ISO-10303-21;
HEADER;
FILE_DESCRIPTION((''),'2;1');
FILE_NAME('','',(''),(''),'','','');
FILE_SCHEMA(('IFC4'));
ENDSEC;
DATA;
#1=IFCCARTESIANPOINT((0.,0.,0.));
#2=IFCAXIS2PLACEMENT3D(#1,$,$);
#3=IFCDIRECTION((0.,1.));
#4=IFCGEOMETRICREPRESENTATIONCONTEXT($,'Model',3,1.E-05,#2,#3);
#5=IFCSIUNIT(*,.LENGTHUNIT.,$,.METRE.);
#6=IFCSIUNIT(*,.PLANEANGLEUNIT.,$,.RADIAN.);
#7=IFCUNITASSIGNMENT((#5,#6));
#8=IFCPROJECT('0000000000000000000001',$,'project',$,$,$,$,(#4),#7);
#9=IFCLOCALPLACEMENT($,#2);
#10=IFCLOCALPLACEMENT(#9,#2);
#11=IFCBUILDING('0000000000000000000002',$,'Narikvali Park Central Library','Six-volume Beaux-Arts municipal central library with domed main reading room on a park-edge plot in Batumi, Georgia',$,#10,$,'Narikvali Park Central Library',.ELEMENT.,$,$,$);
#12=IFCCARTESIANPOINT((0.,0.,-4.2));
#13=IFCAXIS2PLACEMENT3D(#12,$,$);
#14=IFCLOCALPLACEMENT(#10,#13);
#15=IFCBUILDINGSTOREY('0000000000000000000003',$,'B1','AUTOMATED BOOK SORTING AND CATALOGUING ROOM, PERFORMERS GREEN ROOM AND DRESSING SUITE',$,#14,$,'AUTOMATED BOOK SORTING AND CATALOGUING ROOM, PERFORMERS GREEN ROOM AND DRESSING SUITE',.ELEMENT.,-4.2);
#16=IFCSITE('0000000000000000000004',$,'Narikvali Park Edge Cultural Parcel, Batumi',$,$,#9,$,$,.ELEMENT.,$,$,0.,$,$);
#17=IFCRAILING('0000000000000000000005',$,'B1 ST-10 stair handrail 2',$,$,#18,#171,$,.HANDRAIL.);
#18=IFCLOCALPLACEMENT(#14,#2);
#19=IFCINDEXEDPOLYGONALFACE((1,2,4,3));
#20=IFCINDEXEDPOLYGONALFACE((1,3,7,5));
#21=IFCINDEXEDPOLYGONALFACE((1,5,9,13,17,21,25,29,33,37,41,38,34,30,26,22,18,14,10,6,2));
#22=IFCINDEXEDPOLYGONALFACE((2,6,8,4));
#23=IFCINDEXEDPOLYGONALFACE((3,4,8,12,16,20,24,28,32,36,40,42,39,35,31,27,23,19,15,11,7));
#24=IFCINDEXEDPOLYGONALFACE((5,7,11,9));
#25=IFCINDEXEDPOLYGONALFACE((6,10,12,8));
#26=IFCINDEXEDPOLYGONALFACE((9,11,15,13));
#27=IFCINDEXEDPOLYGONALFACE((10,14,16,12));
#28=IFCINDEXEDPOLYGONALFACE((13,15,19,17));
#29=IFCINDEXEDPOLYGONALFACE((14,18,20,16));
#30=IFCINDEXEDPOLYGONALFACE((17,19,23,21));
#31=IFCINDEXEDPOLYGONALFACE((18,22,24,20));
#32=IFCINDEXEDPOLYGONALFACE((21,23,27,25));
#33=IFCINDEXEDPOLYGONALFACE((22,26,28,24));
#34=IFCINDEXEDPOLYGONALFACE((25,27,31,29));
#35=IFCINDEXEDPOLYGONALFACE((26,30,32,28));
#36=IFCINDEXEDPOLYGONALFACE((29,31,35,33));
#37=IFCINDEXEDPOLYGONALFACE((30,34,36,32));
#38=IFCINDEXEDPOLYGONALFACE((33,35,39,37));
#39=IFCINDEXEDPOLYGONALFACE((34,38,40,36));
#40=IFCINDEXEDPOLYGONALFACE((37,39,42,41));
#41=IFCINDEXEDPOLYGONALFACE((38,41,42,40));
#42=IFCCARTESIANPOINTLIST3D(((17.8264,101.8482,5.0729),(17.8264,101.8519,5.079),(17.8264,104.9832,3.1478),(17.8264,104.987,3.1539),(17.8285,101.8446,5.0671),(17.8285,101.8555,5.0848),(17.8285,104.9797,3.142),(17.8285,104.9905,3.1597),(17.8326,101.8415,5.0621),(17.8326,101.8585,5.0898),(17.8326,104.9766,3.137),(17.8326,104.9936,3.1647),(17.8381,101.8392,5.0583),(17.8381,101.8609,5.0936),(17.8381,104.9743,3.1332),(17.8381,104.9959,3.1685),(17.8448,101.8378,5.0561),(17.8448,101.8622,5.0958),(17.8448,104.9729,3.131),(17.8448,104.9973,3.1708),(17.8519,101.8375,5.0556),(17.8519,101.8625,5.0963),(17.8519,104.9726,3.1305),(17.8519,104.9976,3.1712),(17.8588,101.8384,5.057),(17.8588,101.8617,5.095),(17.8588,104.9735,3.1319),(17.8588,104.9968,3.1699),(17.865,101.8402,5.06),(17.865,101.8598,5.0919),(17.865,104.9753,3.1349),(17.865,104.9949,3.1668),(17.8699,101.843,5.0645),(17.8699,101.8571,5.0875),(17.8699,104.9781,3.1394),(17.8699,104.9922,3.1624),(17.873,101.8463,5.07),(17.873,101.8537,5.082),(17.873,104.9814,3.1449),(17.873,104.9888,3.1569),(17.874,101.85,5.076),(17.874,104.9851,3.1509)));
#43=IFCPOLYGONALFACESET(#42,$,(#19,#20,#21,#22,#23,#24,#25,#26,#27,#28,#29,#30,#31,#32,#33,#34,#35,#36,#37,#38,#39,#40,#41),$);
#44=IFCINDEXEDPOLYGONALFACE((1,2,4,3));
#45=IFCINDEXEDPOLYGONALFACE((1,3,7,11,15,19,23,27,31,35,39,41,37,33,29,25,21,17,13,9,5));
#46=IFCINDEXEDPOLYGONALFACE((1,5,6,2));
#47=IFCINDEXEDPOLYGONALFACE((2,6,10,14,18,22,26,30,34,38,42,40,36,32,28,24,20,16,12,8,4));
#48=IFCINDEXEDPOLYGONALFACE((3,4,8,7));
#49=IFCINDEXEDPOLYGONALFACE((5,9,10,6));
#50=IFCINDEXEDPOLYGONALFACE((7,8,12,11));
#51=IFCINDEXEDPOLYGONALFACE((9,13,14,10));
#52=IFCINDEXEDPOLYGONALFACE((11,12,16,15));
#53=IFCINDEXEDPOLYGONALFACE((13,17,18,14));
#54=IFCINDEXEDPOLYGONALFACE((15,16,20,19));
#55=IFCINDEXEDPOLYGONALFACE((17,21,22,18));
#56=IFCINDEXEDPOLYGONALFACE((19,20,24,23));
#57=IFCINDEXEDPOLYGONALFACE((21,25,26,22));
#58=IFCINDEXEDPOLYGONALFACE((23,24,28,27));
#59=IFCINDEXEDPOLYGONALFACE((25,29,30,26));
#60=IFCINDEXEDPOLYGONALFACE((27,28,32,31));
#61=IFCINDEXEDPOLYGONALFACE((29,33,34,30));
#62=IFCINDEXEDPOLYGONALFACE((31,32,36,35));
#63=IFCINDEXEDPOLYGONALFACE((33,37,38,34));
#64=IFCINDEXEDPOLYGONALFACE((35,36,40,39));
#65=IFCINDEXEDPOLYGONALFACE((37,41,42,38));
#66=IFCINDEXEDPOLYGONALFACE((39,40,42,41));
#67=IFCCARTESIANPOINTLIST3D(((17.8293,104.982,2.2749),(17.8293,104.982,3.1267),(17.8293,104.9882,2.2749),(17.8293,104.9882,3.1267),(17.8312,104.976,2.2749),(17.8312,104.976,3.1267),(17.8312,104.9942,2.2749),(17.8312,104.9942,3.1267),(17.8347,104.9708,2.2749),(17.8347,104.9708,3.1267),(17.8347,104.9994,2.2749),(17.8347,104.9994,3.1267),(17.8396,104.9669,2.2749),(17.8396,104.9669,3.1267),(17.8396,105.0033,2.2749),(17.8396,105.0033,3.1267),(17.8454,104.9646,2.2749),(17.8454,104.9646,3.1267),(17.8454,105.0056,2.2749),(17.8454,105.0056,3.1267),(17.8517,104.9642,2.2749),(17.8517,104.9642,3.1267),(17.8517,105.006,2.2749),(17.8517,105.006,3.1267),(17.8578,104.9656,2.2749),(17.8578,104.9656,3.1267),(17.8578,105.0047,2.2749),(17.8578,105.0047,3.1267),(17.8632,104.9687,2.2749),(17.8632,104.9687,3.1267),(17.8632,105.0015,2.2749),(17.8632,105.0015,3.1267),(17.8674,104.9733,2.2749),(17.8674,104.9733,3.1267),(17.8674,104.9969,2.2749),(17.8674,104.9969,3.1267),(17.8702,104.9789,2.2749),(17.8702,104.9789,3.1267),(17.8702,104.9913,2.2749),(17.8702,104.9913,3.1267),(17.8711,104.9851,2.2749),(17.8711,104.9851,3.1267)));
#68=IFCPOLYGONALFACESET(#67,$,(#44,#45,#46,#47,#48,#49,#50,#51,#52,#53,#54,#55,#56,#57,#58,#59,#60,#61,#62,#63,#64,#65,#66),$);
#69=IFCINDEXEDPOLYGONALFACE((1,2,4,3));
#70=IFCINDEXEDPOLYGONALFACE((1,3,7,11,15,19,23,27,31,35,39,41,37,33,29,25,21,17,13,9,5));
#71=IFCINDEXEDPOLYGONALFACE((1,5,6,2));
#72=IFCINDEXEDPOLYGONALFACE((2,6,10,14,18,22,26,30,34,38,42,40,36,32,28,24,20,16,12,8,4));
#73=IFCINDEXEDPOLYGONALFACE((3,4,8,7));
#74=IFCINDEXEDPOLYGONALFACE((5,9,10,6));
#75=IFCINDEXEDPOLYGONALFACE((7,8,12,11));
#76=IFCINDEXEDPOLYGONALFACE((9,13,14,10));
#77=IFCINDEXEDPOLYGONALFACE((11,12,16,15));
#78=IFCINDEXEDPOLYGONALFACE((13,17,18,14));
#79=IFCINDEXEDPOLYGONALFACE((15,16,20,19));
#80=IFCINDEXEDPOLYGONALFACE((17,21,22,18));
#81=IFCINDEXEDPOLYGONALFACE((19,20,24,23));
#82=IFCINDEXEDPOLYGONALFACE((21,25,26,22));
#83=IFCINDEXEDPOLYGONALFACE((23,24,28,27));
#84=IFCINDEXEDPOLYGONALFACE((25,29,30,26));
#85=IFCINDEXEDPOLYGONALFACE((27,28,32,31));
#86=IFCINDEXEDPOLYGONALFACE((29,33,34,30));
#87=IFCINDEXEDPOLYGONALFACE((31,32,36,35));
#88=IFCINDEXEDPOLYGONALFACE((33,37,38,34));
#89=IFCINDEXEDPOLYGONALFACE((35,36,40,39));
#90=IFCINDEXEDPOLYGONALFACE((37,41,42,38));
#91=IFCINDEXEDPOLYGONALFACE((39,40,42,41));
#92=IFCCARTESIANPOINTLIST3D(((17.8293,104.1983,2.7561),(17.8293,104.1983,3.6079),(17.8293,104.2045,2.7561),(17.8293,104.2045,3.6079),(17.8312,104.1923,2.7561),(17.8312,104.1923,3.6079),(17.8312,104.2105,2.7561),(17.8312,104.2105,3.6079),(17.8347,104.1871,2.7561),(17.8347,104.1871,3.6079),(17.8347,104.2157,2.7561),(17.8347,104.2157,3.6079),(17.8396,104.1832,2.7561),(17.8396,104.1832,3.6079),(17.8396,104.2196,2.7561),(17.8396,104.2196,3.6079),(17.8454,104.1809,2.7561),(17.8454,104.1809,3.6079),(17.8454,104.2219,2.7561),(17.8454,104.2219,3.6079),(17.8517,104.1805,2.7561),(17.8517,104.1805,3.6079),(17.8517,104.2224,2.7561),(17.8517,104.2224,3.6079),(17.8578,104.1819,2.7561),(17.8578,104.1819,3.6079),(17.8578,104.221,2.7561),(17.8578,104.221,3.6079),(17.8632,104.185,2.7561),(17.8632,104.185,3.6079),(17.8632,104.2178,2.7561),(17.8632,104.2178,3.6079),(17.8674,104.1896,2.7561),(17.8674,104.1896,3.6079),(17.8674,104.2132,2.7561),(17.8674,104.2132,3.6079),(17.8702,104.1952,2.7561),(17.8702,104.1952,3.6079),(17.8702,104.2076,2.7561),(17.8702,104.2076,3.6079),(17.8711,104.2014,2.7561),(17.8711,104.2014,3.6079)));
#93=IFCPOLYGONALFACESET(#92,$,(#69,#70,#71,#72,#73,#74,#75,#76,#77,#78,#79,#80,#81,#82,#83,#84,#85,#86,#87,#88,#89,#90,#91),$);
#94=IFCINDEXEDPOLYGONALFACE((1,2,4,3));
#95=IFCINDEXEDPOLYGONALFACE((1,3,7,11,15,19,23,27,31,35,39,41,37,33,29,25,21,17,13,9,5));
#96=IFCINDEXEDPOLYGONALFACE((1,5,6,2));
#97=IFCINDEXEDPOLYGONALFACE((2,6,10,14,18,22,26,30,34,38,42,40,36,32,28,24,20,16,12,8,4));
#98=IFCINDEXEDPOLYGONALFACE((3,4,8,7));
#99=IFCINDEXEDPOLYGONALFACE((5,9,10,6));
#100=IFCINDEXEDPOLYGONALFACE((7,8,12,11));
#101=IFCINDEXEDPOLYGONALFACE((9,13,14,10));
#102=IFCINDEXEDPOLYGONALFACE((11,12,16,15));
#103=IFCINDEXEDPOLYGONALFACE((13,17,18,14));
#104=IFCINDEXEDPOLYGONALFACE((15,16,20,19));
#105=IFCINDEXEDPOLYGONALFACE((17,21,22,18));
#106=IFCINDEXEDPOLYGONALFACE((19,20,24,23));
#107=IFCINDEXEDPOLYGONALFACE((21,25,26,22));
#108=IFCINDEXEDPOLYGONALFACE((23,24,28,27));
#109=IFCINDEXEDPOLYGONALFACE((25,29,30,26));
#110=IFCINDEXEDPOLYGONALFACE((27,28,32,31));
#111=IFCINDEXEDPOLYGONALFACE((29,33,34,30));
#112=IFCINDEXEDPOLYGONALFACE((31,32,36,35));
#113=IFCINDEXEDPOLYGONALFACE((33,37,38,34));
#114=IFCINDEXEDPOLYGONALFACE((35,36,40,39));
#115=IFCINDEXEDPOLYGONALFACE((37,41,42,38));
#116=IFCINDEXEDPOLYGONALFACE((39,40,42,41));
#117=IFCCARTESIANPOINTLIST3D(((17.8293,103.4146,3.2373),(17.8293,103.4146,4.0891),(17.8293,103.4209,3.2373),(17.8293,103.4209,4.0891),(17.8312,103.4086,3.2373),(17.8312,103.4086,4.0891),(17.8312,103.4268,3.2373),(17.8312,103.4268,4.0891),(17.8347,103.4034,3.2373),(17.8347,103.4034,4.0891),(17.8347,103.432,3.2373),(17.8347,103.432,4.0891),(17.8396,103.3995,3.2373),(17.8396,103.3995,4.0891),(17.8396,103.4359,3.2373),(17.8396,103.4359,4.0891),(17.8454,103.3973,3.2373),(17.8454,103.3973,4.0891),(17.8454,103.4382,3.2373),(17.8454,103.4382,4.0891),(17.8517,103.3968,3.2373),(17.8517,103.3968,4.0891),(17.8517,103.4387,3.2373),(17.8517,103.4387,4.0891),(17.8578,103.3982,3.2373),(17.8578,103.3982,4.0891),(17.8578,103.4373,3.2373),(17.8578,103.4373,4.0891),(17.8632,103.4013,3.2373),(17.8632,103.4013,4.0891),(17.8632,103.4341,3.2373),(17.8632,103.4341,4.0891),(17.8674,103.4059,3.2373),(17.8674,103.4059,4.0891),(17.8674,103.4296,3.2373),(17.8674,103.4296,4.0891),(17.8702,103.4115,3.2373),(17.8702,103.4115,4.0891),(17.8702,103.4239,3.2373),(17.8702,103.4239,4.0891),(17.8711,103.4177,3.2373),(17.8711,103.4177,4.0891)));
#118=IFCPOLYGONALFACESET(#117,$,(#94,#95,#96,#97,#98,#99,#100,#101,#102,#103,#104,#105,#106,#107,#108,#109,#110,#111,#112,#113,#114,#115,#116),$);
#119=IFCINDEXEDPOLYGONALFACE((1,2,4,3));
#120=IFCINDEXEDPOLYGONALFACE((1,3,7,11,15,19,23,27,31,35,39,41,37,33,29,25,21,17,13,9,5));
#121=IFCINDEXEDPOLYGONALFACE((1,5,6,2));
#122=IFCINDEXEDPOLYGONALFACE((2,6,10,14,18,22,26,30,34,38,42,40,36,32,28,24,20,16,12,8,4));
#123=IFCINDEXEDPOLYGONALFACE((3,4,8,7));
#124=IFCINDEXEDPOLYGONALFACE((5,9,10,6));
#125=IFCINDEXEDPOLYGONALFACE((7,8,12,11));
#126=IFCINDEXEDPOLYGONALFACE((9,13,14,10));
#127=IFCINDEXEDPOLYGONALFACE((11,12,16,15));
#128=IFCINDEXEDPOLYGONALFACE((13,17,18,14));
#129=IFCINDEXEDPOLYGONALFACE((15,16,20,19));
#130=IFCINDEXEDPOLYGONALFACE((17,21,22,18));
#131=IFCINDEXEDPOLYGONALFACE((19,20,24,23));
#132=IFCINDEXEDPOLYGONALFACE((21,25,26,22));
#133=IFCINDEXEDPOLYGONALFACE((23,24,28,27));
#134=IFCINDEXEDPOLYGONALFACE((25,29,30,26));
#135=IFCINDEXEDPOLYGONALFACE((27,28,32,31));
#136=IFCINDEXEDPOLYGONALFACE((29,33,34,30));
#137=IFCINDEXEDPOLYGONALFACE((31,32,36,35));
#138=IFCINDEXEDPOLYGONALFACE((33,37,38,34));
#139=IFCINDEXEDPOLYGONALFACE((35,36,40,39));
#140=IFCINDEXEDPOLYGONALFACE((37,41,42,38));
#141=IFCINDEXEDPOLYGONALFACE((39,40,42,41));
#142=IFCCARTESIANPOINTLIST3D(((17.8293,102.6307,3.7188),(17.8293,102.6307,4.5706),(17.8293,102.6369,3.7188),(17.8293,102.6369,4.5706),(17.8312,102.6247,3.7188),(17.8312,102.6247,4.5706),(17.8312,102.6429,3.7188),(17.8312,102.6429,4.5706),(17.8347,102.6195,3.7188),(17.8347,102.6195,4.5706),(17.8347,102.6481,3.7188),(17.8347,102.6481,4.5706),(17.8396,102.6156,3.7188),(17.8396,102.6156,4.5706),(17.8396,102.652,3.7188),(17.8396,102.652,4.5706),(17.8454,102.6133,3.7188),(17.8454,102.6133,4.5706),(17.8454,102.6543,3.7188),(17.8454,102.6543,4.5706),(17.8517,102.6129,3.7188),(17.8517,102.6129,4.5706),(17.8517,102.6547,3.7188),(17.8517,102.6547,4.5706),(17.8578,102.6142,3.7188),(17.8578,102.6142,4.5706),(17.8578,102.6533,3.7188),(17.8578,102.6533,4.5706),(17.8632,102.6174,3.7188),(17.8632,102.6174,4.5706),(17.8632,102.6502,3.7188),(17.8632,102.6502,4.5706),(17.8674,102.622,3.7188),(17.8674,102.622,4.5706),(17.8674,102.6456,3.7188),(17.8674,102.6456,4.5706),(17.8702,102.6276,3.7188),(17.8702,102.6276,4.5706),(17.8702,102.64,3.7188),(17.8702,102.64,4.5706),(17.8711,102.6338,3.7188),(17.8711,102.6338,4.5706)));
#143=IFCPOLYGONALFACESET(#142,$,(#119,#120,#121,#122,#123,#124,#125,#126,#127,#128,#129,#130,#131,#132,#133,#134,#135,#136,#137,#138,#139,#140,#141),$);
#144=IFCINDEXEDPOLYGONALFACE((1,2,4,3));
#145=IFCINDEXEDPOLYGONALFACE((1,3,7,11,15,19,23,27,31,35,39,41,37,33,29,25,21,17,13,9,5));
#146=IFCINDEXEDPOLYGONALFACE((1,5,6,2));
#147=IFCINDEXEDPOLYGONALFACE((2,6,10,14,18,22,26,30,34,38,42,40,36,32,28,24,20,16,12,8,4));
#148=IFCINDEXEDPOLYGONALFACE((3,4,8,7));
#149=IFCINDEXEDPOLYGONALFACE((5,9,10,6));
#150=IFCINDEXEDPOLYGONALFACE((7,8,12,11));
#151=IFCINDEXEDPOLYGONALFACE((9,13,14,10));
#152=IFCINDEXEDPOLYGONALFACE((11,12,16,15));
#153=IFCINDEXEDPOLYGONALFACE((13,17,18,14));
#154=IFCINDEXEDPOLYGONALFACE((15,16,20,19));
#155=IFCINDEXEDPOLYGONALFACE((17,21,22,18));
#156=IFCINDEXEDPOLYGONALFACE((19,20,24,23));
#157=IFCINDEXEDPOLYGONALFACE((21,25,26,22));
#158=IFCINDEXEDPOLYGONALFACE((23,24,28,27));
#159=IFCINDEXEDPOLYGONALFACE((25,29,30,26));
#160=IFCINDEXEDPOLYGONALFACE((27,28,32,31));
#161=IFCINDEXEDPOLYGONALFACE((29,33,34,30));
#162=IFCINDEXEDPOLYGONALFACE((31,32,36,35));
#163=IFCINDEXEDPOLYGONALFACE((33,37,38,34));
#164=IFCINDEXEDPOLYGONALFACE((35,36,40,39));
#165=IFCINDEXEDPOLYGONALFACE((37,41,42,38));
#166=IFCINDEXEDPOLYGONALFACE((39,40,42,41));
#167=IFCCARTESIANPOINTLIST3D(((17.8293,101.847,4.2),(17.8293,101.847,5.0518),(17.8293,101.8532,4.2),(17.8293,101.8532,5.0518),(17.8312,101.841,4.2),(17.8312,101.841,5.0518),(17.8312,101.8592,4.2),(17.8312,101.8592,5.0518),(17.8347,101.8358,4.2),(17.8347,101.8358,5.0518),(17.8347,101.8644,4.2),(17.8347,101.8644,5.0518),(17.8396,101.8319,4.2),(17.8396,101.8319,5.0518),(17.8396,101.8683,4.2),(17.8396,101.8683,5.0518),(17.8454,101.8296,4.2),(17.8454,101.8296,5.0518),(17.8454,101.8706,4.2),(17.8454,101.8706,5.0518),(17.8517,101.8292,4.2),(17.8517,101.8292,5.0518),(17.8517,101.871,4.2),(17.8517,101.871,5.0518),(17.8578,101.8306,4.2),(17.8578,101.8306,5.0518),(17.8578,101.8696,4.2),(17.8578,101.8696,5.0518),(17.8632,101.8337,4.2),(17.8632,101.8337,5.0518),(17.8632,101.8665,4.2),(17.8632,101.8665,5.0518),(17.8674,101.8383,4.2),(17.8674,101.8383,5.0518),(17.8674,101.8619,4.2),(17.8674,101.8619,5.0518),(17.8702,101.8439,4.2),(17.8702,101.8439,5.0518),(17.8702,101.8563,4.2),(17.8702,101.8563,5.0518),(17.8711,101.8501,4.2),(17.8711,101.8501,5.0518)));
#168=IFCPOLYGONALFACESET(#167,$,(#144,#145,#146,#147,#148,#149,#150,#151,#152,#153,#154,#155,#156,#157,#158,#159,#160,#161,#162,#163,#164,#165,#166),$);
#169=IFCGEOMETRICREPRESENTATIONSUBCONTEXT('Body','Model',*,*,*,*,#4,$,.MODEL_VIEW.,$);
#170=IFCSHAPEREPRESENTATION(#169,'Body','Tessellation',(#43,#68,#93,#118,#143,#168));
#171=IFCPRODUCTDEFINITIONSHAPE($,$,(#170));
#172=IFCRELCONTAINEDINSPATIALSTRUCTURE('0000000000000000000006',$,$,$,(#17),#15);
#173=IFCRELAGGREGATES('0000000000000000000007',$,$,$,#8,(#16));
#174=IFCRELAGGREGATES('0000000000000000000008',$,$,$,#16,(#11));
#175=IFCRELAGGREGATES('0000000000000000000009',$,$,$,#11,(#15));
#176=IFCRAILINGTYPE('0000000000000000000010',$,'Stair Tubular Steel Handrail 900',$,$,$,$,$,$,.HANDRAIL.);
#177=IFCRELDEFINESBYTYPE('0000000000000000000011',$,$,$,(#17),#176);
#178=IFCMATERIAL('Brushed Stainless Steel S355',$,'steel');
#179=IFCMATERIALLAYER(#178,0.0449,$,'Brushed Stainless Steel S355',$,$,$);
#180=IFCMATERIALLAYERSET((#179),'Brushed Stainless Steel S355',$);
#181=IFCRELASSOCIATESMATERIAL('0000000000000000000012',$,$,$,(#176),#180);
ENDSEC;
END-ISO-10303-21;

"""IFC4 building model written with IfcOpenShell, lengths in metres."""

from ifc_helpers import new_model, si_unit, direction, frame, origin, origin_2d, place, context, subcontext, project, spatial, circle, extrude, material, layer, layer_set, type_object, element, save


model = new_model("IFC4")

# Units and contexts
model_context = context("Model", 3, precision=1e-05, world=origin(), true_north=direction((0.0, 1.0)))
body_context = subcontext(model_context, "Body", "Model", "MODEL_VIEW")
ifc_project = project(units=[si_unit("LENGTHUNIT", "METRE"), si_unit("PLANEANGLEUNIT", "RADIAN")], contexts=[model_context])

# Site, building, storey
site_placement = place(None, origin())
site = spatial("IfcSite", under=ifc_project, at=site_placement, Name="Narikvali Park Edge Cultural Parcel, Batumi", CompositionType="ELEMENT", RefElevation=0.0)
building_placement = place(site_placement, origin())
building = spatial("IfcBuilding", under=site, at=building_placement, Name="Narikvali Park Central Library", Description="Six-volume Beaux-Arts municipal central library with domed main reading room on a park-edge plot in Batumi, Georgia", LongName="Narikvali Park Central Library", CompositionType="ELEMENT")
storey_placement = place(building_placement, frame((0.0, 0.0, -4.2)))
storey = spatial("IfcBuildingStorey", under=building, at=storey_placement, Name="B1", Description="AUTOMATED BOOK SORTING AND CATALOGUING ROOM, PERFORMERS GREEN ROOM AND DRESSING SUITE", LongName="AUTOMATED BOOK SORTING AND CATALOGUING ROOM, PERFORMERS GREEN ROOM AND DRESSING SUITE", CompositionType="ELEMENT", Elevation=-4.2)

# Shared definitions
ifc_material_1 = material(Name="Brushed Stainless Steel S355", Category="steel")

# Railing
ifc_layer_1 = layer(ifc_material_1, 0.0449, Name="Brushed Stainless Steel S355")
ifc_layer_set_1 = layer_set([ifc_layer_1], Name="Brushed Stainless Steel S355")
railing_type_1 = type_object("IfcRailingType", Name="Stair Tubular Steel Handrail 900", PredefinedType="HANDRAIL", material=ifc_layer_set_1)
railing_1_placement = place(storey_placement, frame((17.8501, 104.9851, 2.2749)))
element("IfcRailing", 1, at=railing_1_placement, inside=storey, type_object=railing_type_1, Name="B1 ST-10 stair handrail 2", PredefinedType="HANDRAIL", context=body_context, shape_type="SweptSolid", body=[
    extrude(circle(Radius=0.0239, at=origin_2d()), frame((0.0, 0.0, 0.876), z_axis=(0.0, -0.852166, 0.523271), x_axis=(1.0, 0.0, 0.0)), (0.0, 0.0, 1.0), 3.679),
    extrude(circle(Radius=0.021, at=origin_2d()), origin(), (0.0, 0.0, 1.0), 0.8518),
    extrude(circle(Radius=0.021, at=origin_2d()), frame((0.0, -0.7837, 0.4812)), (0.0, 0.0, 1.0), 0.8518),
    extrude(circle(Radius=0.021, at=origin_2d()), frame((0.0, -1.5674, 0.9624)), (0.0, 0.0, 1.0), 0.8518),
    extrude(circle(Radius=0.021, at=origin_2d()), frame((0.0, -2.3513, 1.4438)), (0.0, 0.0, 1.0), 0.8518),
    extrude(circle(Radius=0.021, at=origin_2d()), frame((0.0, -3.135, 1.925)), (0.0, 0.0, 1.0), 0.8518),
])

save(model, "model.ifc")
